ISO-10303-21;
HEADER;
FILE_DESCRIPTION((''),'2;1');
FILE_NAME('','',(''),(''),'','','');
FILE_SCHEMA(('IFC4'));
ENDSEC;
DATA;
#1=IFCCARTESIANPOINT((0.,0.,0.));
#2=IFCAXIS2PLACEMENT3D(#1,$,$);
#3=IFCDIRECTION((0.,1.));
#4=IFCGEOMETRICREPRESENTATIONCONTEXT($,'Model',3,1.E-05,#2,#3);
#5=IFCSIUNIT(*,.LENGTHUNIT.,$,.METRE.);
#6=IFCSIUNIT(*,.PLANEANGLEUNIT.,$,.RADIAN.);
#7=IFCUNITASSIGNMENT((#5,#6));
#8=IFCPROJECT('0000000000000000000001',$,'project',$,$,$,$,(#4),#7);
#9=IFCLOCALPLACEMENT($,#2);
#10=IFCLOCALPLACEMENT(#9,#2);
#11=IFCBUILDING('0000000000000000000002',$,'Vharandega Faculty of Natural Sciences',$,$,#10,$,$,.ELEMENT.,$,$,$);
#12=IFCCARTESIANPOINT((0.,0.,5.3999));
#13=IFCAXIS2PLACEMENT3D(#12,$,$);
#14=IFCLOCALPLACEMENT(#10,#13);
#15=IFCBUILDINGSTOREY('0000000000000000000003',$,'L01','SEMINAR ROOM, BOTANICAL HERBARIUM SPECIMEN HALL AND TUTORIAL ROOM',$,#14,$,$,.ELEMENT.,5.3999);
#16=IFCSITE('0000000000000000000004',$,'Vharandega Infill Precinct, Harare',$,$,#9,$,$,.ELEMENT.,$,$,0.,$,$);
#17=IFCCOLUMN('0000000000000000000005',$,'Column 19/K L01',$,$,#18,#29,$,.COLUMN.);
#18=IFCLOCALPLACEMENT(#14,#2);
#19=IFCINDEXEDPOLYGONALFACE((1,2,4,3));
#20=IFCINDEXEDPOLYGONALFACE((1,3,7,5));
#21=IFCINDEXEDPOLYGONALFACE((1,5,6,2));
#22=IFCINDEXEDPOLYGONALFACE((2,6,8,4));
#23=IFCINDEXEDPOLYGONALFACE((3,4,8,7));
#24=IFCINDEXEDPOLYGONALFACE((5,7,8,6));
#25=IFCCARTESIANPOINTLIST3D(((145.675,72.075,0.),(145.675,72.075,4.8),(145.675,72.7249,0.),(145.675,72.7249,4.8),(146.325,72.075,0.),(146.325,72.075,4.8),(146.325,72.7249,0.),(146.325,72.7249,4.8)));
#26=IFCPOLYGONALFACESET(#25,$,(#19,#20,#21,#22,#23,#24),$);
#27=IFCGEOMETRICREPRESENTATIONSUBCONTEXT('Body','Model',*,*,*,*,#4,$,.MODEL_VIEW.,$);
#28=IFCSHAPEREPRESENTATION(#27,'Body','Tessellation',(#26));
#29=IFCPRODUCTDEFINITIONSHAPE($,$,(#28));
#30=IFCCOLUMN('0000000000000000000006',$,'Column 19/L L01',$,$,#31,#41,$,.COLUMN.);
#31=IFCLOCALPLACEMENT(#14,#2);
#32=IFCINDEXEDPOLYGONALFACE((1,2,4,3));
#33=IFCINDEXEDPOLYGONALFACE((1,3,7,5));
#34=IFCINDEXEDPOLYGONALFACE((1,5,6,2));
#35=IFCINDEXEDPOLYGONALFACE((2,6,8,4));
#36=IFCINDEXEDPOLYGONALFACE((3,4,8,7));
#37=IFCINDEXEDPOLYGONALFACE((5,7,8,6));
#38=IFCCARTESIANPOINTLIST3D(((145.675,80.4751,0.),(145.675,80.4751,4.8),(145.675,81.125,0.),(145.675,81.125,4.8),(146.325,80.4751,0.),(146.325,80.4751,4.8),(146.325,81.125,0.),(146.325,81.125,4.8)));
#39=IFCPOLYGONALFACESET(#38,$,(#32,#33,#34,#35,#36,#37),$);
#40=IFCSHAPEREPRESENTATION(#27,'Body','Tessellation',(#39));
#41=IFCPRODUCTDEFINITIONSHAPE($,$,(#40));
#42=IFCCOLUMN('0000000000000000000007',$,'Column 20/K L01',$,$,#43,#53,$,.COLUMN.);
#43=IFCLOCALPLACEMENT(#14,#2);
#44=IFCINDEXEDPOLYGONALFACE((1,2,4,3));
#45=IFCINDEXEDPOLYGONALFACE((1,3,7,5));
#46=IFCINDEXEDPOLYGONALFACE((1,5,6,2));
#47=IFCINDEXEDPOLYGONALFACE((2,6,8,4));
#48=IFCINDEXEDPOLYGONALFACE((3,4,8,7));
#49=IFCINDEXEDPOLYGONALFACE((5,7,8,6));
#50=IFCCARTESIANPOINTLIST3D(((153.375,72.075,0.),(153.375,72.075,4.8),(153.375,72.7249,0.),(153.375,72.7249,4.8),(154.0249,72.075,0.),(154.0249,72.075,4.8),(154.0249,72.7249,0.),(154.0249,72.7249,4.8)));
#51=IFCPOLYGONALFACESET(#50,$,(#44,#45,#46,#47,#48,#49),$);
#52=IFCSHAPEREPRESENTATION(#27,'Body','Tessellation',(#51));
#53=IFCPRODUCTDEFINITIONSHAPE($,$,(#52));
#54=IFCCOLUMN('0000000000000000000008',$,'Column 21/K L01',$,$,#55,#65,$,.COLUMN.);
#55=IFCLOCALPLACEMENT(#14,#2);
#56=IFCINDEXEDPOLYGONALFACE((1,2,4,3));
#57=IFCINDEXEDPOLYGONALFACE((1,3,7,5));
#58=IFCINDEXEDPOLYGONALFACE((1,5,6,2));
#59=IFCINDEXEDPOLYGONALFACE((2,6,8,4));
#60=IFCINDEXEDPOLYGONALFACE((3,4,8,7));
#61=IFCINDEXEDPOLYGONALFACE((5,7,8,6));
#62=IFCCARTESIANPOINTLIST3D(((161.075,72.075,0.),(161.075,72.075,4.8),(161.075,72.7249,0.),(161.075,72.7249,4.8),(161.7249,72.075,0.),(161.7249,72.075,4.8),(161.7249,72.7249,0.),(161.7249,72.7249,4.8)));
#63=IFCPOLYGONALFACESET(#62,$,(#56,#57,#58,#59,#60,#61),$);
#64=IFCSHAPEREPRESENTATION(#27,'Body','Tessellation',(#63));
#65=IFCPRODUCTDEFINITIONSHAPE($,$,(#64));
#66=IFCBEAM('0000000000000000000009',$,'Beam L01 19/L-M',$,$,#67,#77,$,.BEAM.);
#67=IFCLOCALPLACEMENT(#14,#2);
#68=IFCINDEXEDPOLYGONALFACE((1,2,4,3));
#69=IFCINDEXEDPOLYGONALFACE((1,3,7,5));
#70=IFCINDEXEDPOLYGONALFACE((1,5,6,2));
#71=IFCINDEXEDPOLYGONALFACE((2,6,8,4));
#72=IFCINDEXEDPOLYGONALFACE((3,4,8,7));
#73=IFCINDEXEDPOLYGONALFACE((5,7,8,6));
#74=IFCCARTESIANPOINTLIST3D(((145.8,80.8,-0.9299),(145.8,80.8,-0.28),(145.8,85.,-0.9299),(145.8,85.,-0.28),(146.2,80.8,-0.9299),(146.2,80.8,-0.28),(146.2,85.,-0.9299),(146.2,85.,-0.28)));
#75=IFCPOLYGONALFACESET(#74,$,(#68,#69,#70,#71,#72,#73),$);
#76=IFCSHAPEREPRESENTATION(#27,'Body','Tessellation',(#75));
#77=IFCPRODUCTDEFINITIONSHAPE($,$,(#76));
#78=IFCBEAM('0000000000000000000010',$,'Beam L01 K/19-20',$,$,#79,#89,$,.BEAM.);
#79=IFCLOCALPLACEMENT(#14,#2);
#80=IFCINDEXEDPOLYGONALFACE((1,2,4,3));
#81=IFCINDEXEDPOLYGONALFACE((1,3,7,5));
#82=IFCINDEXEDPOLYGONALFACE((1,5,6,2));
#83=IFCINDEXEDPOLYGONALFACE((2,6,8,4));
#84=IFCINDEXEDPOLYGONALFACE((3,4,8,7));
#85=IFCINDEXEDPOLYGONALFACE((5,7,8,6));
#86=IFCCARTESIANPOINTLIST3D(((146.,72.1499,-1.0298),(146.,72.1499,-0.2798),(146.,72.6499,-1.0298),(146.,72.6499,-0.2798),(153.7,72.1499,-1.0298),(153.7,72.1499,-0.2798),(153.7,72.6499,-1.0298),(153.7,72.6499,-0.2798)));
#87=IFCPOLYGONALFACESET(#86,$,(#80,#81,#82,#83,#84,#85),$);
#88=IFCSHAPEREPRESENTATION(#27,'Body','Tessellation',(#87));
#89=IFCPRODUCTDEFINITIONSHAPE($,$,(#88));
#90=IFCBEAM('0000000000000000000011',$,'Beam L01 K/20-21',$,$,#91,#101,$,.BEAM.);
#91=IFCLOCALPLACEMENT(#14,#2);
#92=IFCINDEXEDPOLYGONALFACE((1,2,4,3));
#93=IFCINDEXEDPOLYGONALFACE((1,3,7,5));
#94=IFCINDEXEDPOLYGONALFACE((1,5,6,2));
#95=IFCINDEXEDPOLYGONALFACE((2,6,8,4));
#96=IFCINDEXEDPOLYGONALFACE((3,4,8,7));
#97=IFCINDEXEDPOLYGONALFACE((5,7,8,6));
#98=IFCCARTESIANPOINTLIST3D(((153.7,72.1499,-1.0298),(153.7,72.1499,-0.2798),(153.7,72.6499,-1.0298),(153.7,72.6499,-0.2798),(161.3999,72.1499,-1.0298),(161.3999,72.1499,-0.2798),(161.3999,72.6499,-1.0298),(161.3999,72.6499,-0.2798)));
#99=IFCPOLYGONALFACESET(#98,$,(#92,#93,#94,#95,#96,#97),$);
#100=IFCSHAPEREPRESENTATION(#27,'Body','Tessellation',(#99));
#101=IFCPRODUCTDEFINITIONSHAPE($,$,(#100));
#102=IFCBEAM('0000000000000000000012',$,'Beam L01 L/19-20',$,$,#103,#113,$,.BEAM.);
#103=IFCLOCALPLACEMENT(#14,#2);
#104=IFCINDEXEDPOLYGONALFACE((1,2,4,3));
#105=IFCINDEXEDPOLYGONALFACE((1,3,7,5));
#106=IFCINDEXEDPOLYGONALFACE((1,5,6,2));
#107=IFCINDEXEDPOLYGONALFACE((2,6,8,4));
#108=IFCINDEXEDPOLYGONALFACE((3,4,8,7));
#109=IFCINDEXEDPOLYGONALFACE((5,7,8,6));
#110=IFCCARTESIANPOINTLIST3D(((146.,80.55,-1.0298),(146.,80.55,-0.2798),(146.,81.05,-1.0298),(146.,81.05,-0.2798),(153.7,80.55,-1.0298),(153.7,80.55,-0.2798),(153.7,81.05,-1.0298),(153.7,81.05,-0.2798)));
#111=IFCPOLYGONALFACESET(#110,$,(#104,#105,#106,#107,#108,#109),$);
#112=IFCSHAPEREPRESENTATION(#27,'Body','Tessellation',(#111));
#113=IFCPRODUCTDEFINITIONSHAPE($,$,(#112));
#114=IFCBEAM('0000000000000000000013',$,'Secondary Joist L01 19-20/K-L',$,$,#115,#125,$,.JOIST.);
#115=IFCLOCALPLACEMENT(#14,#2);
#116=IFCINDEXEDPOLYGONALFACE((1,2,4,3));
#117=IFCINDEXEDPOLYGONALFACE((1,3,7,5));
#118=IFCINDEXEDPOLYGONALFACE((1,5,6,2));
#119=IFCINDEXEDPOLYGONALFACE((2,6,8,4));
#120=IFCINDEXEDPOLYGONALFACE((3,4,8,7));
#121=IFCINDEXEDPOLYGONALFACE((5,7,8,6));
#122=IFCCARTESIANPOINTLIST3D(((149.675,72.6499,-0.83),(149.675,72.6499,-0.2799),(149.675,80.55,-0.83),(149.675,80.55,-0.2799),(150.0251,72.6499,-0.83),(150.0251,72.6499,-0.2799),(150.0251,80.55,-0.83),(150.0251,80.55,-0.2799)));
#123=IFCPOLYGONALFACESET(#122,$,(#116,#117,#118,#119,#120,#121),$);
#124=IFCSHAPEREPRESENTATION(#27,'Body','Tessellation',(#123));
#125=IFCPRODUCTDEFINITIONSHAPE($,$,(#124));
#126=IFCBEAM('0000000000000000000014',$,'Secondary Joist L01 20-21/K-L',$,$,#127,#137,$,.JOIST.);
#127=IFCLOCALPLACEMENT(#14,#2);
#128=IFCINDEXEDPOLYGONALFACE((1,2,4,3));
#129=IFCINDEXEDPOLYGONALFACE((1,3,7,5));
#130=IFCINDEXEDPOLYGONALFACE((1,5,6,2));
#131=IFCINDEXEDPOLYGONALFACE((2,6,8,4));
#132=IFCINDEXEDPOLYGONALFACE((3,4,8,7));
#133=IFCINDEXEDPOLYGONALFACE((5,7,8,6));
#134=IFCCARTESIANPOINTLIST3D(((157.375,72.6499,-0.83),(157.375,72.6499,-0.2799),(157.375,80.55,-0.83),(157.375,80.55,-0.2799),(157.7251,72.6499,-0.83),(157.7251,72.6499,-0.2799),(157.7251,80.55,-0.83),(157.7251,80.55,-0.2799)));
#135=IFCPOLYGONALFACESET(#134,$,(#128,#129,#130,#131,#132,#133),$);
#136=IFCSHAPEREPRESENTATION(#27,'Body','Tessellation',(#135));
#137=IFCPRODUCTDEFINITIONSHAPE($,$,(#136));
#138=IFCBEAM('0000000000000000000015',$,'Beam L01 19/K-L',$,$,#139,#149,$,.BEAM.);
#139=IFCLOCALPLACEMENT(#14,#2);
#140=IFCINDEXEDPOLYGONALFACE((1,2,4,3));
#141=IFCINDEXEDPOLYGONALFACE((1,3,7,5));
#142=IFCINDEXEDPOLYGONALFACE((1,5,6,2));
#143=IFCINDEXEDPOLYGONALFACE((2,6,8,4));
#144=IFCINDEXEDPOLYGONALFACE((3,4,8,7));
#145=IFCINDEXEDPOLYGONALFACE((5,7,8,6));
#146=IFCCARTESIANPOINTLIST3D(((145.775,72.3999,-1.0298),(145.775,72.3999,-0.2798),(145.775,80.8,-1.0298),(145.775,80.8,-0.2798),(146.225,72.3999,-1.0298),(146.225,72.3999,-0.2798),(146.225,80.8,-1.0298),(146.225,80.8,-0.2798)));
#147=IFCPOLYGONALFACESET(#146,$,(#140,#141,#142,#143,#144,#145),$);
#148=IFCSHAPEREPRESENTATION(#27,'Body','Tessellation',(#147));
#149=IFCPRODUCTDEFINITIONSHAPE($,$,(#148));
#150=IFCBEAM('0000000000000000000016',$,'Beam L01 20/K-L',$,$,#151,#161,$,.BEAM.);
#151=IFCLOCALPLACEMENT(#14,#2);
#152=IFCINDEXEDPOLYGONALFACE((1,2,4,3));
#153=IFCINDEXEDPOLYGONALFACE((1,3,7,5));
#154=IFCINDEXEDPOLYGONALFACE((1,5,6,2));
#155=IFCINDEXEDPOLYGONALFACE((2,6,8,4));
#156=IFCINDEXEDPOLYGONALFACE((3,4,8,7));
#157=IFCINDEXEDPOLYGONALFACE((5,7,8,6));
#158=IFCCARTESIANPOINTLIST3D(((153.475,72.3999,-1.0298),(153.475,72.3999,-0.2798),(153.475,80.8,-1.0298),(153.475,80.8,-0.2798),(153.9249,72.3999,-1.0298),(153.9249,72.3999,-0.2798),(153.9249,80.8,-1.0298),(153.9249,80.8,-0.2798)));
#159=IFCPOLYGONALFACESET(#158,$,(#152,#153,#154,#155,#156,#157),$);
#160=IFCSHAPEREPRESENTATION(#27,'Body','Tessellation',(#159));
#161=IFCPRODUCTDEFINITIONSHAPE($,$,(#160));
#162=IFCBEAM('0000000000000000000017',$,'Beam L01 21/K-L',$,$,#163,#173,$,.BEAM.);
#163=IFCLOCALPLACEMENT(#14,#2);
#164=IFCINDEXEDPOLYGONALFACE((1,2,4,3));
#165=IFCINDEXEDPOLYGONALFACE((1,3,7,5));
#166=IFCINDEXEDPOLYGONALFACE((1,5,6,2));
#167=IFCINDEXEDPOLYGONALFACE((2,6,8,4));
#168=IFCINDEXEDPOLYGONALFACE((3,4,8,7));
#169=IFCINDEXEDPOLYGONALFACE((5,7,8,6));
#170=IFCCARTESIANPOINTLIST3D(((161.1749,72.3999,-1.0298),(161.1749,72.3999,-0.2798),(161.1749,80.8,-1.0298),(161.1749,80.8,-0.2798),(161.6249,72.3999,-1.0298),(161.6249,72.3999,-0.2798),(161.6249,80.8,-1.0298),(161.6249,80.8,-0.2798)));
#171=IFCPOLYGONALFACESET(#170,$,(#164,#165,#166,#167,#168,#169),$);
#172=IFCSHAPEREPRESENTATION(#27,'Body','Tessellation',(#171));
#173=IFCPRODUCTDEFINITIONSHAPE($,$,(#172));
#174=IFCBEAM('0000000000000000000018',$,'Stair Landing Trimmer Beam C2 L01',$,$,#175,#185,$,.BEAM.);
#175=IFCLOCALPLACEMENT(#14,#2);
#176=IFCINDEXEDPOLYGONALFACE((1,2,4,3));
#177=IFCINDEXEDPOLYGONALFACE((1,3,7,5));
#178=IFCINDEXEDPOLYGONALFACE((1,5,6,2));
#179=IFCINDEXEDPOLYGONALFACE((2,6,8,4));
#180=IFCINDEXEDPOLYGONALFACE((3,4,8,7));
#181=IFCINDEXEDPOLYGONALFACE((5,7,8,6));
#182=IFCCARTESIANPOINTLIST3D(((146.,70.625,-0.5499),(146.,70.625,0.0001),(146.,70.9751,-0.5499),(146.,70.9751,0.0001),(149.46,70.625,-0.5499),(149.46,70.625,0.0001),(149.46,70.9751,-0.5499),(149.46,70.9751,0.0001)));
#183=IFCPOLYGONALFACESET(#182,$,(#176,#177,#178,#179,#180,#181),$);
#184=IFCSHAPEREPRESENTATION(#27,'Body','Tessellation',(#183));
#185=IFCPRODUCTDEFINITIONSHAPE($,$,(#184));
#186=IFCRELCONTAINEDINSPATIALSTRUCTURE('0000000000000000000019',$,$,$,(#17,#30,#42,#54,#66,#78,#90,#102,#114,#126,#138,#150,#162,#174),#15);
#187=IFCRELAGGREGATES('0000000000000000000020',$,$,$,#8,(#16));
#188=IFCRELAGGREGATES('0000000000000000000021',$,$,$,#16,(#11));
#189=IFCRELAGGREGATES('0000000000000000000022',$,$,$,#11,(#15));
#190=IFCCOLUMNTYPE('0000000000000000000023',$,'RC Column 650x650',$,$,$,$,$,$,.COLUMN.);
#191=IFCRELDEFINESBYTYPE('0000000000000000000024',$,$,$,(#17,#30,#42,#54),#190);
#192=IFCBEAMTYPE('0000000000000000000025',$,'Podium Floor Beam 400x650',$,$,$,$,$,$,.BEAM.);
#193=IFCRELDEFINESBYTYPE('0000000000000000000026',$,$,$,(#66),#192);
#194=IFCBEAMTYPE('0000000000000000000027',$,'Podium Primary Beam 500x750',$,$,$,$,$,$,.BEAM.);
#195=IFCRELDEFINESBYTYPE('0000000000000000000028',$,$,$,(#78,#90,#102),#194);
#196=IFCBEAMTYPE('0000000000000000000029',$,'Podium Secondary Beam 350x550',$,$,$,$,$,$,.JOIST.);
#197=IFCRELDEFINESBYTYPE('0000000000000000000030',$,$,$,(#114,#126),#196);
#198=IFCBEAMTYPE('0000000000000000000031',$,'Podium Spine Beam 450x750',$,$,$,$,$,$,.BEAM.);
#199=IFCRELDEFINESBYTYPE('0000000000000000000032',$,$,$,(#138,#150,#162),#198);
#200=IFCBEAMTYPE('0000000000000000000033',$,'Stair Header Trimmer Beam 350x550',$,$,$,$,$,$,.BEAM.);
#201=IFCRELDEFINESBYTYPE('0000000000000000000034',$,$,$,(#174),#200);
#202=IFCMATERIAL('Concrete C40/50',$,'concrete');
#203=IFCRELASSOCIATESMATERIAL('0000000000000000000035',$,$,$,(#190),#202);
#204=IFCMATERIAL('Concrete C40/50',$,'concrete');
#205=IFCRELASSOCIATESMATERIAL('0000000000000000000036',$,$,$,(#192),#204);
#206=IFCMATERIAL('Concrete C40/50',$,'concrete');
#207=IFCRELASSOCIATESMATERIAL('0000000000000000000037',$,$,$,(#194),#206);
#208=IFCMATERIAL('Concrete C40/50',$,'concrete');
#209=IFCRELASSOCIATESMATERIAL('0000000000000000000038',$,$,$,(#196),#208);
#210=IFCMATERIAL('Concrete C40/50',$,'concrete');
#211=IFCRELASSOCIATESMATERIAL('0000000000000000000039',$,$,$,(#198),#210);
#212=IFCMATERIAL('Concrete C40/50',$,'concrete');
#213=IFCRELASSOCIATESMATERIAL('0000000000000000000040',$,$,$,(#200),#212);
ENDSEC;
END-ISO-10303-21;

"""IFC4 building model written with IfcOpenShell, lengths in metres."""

from ifc_helpers import new_model, si_unit, direction, frame, origin, origin_2d, place, context, subcontext, project, spatial, rectangle, extrude, material, material_profile, profile_set, type_object, element, save


model = new_model("IFC4")

# Units and contexts
model_context = context("Model", 3, precision=1e-05, world=origin(), true_north=direction((0.0, 1.0)))
body_context = subcontext(model_context, "Body", "Model", "MODEL_VIEW")
ifc_project = project(units=[si_unit("LENGTHUNIT", "METRE"), si_unit("PLANEANGLEUNIT", "RADIAN")], contexts=[model_context])

# Site, building, storey
site_placement = place(None, origin())
site = spatial("IfcSite", under=ifc_project, at=site_placement, Name="Vharandega Infill Precinct, Harare", CompositionType="ELEMENT", RefElevation=0.0)
building_placement = place(site_placement, origin())
building = spatial("IfcBuilding", under=site, at=building_placement, Name="Vharandega Faculty of Natural Sciences", CompositionType="ELEMENT")
storey_placement = place(building_placement, frame((0.0, 0.0, 5.3999)))
storey = spatial("IfcBuildingStorey", under=building, at=storey_placement, Name="L01", Description="SEMINAR ROOM, BOTANICAL HERBARIUM SPECIMEN HALL AND TUTORIAL ROOM", CompositionType="ELEMENT", Elevation=5.3999)

# Columns
ifc_material_1 = material(Name="Concrete C40/50", Category="concrete")
ifc_material_profile_1 = material_profile(ifc_material_1, rectangle(XDim=0.6499, YDim=0.6499, at=origin_2d()), Name="RC 650x650")
ifc_profile_set_1 = profile_set([ifc_material_profile_1], Name="Concrete C40/50")
column_type = type_object("IfcColumnType", Name="RC Column 650x650", PredefinedType="COLUMN", material=ifc_profile_set_1)
for number, where, z_axis, x_axis, name in (
    (1, (146.0, 72.3999, 0.0), (0.0, 0.0, 1.0), (1.0, 0.0, 0.0), "Column 19/K L01"),
    (2, (146.0, 80.8, 0.0), (0.0, 0.0, 1.0), (1.0, 0.0, 0.0), "Column 19/L L01"),
    (3, (153.7, 72.3999, 0.0), (0.0, 0.0, 1.0), (1.0, 0.0, 0.0), "Column 20/K L01"),
    (4, (161.3999, 72.3999, 0.0), (0.0, 0.0, 1.0), (1.0, 0.0, 0.0), "Column 21/K L01"),
):
    element("IfcColumn", number, at=place(storey_placement, frame(where, z_axis=z_axis, x_axis=x_axis)), inside=storey, type_object=column_type, Name=name, PredefinedType="COLUMN", context=body_context, shape_type="SweptSolid", body=[
        extrude(rectangle(XDim=0.6499, YDim=0.6499, at=origin_2d()), origin(), (0.0, 0.0, 1.0), 4.8),
    ])

# Beams
ifc_material_2 = material(Name="Concrete C40/50", Category="concrete")
ifc_material_profile_2 = material_profile(ifc_material_2, rectangle(XDim=0.3999, YDim=0.6499, at=origin_2d()), Name="RC 400x650")
ifc_profile_set_2 = profile_set([ifc_material_profile_2], Name="Concrete C40/50")
beam_type_1 = type_object("IfcBeamType", Name="Podium Floor Beam 400x650", PredefinedType="BEAM", material=ifc_profile_set_2)
beam_1_placement = place(storey_placement, frame((146.0, 80.8, -0.605), z_axis=(0.0, 1.0, 0.0), x_axis=(-1.0, 0.0, 0.0)))
element("IfcBeam", 5, at=beam_1_placement, inside=storey, type_object=beam_type_1, Name="Beam L01 19/L-M", PredefinedType="BEAM", context=body_context, shape_type="SweptSolid", body=[
    extrude(rectangle(XDim=0.3999, YDim=0.6499, at=origin_2d()), origin(), (0.0, 0.0, 1.0), 4.2),
])
ifc_material_3 = material(Name="Concrete C40/50", Category="concrete")
ifc_material_profile_3 = material_profile(ifc_material_3, rectangle(XDim=0.5, YDim=0.75, at=origin_2d()), Name="RC 500x750")
ifc_profile_set_3 = profile_set([ifc_material_profile_3], Name="Concrete C40/50")
beam_type_2 = type_object("IfcBeamType", Name="Podium Primary Beam 500x750", PredefinedType="BEAM", material=ifc_profile_set_3)
for number, where, z_axis, x_axis, name in (
    (6, (146.0, 72.3999, -0.6548), (1.0, 0.0, 0.0), (0.0, 1.0, 0.0), "Beam L01 K/19-20"),
    (7, (153.7, 72.3999, -0.6548), (1.0, 0.0, 0.0), (0.0, 1.0, 0.0), "Beam L01 K/20-21"),
    (8, (146.0, 80.8, -0.6548), (1.0, 0.0, 0.0), (0.0, 1.0, 0.0), "Beam L01 L/19-20"),
):
    element("IfcBeam", number, at=place(storey_placement, frame(where, z_axis=z_axis, x_axis=x_axis)), inside=storey, type_object=beam_type_2, Name=name, PredefinedType="BEAM", context=body_context, shape_type="SweptSolid", body=[
        extrude(rectangle(XDim=0.5, YDim=0.75, at=origin_2d()), origin(), (0.0, 0.0, 1.0), 7.7),
    ])
ifc_material_4 = material(Name="Concrete C40/50", Category="concrete")
ifc_material_profile_4 = material_profile(ifc_material_4, rectangle(XDim=0.3501, YDim=0.55, at=origin_2d()), Name="RC 350x550")
ifc_profile_set_4 = profile_set([ifc_material_profile_4], Name="Concrete C40/50")
beam_type_3 = type_object("IfcBeamType", Name="Podium Secondary Beam 350x550", PredefinedType="JOIST", material=ifc_profile_set_4)
for number, where, z_axis, x_axis, name in (
    (9, (149.8501, 72.6499, -0.5549), (0.0, 1.0, 0.0), (-1.0, 0.0, 0.0), "Secondary Joist L01 19-20/K-L"),
    (10, (157.55, 72.6499, -0.5549), (0.0, 1.0, 0.0), (-1.0, 0.0, 0.0), "Secondary Joist L01 20-21/K-L"),
):
    element("IfcBeam", number, at=place(storey_placement, frame(where, z_axis=z_axis, x_axis=x_axis)), inside=storey, type_object=beam_type_3, Name=name, PredefinedType="JOIST", context=body_context, shape_type="SweptSolid", body=[
        extrude(rectangle(XDim=0.3501, YDim=0.55, at=origin_2d()), origin(), (0.0, 0.0, 1.0), 7.9001),
    ])
ifc_material_5 = material(Name="Concrete C40/50", Category="concrete")
ifc_material_profile_5 = material_profile(ifc_material_5, rectangle(XDim=0.45, YDim=0.75, at=origin_2d()), Name="RC 450x750")
ifc_profile_set_5 = profile_set([ifc_material_profile_5], Name="Concrete C40/50")
beam_type_4 = type_object("IfcBeamType", Name="Podium Spine Beam 450x750", PredefinedType="BEAM", material=ifc_profile_set_5)
for number, where, z_axis, x_axis, name in (
    (11, (146.0, 72.3999, -0.6548), (0.0, 1.0, 0.0), (-1.0, 0.0, 0.0), "Beam L01 19/K-L"),
    (12, (153.7, 72.3999, -0.6548), (0.0, 1.0, 0.0), (-1.0, 0.0, 0.0), "Beam L01 20/K-L"),
    (13, (161.3999, 72.3999, -0.6548), (0.0, 1.0, 0.0), (-1.0, 0.0, 0.0), "Beam L01 21/K-L"),
):
    element("IfcBeam", number, at=place(storey_placement, frame(where, z_axis=z_axis, x_axis=x_axis)), inside=storey, type_object=beam_type_4, Name=name, PredefinedType="BEAM", context=body_context, shape_type="SweptSolid", body=[
        extrude(rectangle(XDim=0.45, YDim=0.75, at=origin_2d()), origin(), (0.0, 0.0, 1.0), 8.4001),
    ])
ifc_material_6 = material(Name="Concrete C40/50", Category="concrete")
ifc_material_profile_6 = material_profile(ifc_material_6, rectangle(XDim=0.3501, YDim=0.55, at=origin_2d()), Name="RC 350x550")
ifc_profile_set_6 = profile_set([ifc_material_profile_6], Name="Concrete C40/50")
beam_type_5 = type_object("IfcBeamType", Name="Stair Header Trimmer Beam 350x550", PredefinedType="BEAM", material=ifc_profile_set_6)
beam_2_placement = place(storey_placement, frame((146.0, 70.8, -0.2749), z_axis=(1.0, 0.0, 0.0), x_axis=(0.0, 1.0, 0.0)))
element("IfcBeam", 14, at=beam_2_placement, inside=storey, type_object=beam_type_5, Name="Stair Landing Trimmer Beam C2 L01", PredefinedType="BEAM", context=body_context, shape_type="SweptSolid", body=[
    extrude(rectangle(XDim=0.3501, YDim=0.55, at=origin_2d()), origin(), (0.0, 0.0, 1.0), 3.46),
])

save(model, "model.ifc")
